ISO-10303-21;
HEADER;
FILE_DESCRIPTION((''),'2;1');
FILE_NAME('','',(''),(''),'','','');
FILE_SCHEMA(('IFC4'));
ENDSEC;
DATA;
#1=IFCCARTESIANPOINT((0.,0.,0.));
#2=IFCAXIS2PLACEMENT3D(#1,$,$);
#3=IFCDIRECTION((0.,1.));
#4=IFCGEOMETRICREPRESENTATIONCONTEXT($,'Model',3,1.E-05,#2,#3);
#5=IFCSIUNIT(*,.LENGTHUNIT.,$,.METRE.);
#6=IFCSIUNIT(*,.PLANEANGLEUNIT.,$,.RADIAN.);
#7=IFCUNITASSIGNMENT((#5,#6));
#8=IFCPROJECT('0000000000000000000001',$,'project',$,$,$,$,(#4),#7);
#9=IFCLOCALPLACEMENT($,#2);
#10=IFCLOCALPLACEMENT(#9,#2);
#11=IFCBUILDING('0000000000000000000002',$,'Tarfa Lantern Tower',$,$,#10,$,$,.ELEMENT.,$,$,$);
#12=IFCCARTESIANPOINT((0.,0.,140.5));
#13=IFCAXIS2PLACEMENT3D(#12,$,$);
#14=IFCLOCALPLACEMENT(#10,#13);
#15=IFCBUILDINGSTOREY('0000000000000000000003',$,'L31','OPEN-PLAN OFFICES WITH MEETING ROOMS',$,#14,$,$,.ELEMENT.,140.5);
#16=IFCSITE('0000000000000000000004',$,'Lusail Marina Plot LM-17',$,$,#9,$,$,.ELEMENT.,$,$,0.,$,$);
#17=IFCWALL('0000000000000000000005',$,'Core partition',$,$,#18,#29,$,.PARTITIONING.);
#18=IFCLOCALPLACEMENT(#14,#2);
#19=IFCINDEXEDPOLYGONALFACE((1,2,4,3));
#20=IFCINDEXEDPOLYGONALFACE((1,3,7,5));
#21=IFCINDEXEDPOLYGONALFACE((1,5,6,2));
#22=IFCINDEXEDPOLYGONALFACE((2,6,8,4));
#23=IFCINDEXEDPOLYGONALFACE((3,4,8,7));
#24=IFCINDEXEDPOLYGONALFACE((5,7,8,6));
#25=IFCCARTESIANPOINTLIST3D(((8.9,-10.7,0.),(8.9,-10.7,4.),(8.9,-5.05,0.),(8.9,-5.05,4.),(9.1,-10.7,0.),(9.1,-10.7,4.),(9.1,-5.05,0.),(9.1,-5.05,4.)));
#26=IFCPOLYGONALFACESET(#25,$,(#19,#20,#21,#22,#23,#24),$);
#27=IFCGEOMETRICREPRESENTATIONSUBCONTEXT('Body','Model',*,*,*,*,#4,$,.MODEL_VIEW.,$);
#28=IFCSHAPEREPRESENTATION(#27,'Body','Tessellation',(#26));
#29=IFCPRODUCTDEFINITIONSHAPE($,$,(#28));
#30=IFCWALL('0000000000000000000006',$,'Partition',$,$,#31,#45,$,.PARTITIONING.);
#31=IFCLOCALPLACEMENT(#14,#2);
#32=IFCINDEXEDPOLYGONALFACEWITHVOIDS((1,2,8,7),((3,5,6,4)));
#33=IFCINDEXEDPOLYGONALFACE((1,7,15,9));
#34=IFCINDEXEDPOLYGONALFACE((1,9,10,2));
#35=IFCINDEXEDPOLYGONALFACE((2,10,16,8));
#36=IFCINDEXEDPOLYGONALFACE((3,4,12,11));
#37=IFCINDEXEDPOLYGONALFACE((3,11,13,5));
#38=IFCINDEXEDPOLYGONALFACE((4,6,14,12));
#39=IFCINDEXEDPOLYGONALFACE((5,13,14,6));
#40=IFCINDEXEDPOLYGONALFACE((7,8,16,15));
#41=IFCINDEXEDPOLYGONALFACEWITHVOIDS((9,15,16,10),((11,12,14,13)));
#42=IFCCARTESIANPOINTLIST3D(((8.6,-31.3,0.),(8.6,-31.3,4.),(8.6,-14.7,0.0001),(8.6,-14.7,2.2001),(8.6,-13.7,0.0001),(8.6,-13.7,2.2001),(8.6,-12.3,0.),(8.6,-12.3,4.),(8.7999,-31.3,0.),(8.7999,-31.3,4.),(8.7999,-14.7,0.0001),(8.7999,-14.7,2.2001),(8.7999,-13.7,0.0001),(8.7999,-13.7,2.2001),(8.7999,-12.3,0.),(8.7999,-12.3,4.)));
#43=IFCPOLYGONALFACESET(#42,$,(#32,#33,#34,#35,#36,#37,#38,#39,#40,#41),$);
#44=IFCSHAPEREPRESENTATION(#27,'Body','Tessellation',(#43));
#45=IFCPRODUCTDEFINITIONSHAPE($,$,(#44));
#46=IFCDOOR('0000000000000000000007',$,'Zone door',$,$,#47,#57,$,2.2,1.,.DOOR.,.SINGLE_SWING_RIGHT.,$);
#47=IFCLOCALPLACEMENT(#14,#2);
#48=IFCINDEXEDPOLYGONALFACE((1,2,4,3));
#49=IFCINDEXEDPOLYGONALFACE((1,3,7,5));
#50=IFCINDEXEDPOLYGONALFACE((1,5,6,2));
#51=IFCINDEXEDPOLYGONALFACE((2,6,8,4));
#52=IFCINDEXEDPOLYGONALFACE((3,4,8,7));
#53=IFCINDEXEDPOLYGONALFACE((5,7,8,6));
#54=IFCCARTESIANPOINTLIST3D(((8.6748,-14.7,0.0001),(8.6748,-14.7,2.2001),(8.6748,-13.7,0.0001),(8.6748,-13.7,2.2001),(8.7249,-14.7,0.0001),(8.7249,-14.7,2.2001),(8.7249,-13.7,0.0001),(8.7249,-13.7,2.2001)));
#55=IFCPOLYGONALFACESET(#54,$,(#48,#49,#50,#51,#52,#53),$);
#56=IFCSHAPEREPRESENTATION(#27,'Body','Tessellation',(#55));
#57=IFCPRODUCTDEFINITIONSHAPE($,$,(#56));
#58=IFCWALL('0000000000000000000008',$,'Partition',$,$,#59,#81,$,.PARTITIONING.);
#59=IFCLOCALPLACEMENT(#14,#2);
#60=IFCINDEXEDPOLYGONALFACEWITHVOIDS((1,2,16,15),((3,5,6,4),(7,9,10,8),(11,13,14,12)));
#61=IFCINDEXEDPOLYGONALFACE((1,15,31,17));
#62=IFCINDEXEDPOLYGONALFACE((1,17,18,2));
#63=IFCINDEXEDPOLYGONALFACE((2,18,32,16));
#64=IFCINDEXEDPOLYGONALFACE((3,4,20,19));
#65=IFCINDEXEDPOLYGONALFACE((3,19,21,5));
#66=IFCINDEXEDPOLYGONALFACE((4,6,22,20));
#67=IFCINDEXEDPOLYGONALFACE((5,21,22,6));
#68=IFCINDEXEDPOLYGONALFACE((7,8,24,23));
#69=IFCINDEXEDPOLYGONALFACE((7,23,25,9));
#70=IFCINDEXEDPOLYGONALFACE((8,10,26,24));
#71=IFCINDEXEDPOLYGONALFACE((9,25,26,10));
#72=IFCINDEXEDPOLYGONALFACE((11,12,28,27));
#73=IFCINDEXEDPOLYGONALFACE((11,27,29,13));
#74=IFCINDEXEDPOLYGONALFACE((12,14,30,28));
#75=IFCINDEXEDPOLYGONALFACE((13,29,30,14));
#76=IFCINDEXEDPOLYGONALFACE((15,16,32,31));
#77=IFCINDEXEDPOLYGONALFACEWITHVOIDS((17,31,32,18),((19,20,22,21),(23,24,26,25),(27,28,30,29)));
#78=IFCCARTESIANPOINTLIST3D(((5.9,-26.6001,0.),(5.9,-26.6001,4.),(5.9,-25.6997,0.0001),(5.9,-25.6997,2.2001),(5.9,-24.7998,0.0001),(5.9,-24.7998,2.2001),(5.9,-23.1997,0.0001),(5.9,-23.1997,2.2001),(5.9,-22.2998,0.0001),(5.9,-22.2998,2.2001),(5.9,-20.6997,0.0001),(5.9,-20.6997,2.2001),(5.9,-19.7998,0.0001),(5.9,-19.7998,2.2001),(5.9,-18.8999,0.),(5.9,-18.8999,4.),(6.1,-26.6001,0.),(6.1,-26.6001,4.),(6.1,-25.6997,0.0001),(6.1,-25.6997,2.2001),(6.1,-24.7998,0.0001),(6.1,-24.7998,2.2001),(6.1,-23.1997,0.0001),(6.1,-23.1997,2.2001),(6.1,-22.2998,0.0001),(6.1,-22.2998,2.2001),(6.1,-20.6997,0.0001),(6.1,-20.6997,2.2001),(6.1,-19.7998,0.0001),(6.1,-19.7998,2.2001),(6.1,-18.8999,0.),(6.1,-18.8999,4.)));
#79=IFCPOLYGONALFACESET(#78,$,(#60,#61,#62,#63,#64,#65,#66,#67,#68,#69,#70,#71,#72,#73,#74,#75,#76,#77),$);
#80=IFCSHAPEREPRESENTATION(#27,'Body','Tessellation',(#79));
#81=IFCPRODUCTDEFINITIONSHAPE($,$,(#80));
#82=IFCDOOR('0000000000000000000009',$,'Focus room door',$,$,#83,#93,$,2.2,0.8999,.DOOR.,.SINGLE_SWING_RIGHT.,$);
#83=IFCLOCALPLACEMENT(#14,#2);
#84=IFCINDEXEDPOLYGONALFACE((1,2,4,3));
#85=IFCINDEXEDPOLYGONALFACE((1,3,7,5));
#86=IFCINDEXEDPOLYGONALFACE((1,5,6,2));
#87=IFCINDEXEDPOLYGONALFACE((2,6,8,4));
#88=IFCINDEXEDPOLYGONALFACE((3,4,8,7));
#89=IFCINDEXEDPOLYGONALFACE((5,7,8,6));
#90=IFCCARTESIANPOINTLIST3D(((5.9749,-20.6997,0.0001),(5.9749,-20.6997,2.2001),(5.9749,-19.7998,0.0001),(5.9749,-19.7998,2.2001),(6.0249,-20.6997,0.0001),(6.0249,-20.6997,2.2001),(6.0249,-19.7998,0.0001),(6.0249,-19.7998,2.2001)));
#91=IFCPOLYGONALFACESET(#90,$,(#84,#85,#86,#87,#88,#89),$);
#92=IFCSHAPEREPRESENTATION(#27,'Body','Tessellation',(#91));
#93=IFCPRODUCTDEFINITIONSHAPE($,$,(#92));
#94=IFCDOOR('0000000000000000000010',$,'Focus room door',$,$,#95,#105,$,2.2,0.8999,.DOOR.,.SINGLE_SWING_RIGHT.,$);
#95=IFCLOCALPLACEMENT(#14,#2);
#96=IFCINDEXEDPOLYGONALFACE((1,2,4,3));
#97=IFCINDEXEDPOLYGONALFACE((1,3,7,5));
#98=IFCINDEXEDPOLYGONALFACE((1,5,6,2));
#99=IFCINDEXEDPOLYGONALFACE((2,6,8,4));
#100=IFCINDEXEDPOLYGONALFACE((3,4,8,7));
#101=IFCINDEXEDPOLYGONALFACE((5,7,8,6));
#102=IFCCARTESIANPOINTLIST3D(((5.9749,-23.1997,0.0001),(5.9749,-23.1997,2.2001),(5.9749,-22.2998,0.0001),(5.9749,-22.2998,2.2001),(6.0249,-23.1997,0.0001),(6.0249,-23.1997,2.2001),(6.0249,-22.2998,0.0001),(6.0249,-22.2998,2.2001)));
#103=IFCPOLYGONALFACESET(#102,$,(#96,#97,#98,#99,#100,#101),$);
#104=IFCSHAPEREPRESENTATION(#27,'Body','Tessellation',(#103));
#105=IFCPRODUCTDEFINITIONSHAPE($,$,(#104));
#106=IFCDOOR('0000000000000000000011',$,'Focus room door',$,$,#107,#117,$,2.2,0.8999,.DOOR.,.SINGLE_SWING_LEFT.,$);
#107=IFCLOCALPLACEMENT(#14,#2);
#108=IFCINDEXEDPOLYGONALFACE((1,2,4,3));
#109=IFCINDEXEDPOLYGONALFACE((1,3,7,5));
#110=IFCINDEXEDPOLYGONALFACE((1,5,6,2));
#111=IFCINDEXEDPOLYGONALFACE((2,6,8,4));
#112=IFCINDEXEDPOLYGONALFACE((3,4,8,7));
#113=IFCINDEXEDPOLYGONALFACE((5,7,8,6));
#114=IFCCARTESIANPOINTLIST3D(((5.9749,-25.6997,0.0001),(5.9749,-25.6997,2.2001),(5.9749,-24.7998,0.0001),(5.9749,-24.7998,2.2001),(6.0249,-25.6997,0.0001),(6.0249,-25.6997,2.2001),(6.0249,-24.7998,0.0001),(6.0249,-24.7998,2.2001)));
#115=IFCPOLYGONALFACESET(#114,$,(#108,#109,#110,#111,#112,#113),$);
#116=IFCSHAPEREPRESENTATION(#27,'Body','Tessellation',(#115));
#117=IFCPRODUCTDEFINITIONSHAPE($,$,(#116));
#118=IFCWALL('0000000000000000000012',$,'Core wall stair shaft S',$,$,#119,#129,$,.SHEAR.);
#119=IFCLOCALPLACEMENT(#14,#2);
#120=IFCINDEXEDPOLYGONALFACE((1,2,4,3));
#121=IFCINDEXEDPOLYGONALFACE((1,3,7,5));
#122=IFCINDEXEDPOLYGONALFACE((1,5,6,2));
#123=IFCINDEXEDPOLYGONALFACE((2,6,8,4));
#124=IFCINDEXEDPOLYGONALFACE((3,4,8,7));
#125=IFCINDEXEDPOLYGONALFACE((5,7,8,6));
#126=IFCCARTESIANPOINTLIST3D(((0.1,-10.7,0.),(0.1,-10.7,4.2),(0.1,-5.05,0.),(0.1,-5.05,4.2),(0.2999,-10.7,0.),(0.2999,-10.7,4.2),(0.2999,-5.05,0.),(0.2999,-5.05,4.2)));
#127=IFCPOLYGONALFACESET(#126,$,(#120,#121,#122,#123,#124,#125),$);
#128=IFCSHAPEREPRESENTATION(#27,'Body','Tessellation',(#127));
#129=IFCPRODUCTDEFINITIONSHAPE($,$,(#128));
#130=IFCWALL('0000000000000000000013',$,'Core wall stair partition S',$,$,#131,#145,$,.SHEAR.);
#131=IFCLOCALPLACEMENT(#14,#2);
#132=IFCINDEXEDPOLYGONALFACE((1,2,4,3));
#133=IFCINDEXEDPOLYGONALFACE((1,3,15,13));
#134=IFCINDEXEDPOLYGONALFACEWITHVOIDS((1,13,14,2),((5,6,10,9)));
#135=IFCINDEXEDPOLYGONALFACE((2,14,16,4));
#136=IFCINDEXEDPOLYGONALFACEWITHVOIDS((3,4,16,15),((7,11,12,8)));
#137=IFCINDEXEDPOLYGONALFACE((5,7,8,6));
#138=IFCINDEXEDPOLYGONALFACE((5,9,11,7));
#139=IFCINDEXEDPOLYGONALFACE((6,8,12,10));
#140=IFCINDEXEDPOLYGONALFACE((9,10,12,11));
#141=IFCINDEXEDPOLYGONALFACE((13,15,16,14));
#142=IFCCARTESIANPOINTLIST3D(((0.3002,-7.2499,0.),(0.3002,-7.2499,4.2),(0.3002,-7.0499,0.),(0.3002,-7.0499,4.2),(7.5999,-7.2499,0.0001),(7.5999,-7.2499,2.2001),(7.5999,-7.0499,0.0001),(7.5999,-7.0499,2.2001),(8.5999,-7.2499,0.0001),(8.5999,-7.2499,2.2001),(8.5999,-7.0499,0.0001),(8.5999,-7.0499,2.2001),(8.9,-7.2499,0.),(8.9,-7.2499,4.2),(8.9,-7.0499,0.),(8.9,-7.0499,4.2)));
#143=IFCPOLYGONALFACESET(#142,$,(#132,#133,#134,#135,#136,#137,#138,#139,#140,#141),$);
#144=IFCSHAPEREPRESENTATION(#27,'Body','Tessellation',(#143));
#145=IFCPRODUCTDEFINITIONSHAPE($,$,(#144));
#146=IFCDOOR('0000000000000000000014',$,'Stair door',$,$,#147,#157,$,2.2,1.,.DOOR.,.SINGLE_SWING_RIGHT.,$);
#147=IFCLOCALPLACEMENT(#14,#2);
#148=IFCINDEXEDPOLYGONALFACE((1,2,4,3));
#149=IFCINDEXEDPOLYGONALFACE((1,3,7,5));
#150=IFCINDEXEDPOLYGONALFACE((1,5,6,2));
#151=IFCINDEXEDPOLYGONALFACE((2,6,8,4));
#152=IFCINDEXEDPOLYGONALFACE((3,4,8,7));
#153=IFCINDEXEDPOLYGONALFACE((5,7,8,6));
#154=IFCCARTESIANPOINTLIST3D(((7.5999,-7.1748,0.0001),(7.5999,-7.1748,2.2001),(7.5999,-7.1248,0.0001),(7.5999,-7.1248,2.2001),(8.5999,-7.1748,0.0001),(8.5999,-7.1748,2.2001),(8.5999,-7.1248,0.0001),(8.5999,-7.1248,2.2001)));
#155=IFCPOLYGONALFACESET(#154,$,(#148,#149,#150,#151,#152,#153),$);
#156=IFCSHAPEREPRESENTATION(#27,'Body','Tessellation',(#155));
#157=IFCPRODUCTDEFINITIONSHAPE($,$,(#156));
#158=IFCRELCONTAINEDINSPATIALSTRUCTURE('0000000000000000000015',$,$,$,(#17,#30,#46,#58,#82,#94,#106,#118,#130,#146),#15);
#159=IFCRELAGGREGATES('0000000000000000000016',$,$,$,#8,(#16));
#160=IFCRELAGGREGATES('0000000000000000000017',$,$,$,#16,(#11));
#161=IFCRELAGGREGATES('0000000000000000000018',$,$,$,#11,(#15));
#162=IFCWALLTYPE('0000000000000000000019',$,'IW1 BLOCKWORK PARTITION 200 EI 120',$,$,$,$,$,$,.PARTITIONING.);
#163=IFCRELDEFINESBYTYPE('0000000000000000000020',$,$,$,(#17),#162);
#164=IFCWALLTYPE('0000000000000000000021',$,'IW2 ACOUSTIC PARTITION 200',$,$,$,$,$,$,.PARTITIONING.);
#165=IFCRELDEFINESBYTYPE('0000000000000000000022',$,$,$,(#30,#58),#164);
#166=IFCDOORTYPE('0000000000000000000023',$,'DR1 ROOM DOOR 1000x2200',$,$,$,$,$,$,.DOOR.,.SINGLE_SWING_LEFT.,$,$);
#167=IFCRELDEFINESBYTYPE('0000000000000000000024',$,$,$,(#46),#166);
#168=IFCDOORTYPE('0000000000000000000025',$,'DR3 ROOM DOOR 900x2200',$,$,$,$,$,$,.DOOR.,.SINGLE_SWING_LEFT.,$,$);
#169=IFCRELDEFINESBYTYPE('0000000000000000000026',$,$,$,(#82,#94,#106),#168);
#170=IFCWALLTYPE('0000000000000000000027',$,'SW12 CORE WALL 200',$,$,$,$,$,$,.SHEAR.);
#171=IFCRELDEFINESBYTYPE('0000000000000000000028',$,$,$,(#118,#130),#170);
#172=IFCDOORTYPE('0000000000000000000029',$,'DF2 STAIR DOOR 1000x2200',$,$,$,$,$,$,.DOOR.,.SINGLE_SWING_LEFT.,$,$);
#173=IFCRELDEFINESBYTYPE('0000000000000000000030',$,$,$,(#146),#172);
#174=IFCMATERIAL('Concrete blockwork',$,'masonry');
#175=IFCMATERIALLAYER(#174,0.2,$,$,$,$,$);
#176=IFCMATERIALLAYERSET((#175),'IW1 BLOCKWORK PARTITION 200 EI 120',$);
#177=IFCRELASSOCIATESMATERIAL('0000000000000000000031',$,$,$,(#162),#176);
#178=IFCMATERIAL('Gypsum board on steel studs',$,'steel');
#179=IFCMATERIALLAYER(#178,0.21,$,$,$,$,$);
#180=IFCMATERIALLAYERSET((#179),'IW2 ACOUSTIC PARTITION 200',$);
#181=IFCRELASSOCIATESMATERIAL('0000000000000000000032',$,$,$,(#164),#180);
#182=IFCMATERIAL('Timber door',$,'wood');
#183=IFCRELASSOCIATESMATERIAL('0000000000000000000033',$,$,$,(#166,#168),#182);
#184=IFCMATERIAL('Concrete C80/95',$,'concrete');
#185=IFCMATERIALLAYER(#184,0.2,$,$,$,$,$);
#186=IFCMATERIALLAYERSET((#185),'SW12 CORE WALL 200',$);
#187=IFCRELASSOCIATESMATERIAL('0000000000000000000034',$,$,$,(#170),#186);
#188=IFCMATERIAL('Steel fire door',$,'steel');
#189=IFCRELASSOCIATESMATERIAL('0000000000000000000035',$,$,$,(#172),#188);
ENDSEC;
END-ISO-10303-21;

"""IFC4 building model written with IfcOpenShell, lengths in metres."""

from ifc_helpers import new_model, si_unit, direction, frame, frame_2d, origin, place, context, subcontext, project, spatial, rectangle, extrude, material, layer, layer_set, type_object, element, fill, save


model = new_model("IFC4")

# Units and contexts
model_context = context("Model", 3, precision=1e-05, world=origin(), true_north=direction((0.0, 1.0)))
body_context = subcontext(model_context, "Body", "Model", "MODEL_VIEW")
ifc_project = project(units=[si_unit("LENGTHUNIT", "METRE"), si_unit("PLANEANGLEUNIT", "RADIAN")], contexts=[model_context])

# Site, building, storey
site_placement = place(None, origin())
site = spatial("IfcSite", under=ifc_project, at=site_placement, Name="Lusail Marina Plot LM-17", CompositionType="ELEMENT", RefElevation=0.0)
building_placement = place(site_placement, origin())
building = spatial("IfcBuilding", under=site, at=building_placement, Name="Tarfa Lantern Tower", CompositionType="ELEMENT")
storey_placement = place(building_placement, frame((0.0, 0.0, 140.5)))
storey = spatial("IfcBuildingStorey", under=building, at=storey_placement, Name="L31", Description="OPEN-PLAN OFFICES WITH MEETING ROOMS", CompositionType="ELEMENT", Elevation=140.5)

# Wall
ifc_material_1 = material(Name="Concrete blockwork", Category="masonry")
ifc_layer_1 = layer(ifc_material_1, 0.2)
ifc_layer_set_1 = layer_set([ifc_layer_1], Name="IW1 BLOCKWORK PARTITION 200 EI 120")
wall_type_1 = type_object("IfcWallType", Name="IW1 BLOCKWORK PARTITION 200 EI 120", PredefinedType="PARTITIONING", material=ifc_layer_set_1)
wall_1_placement = place(storey_placement, frame((9.0, -5.05, 0.0), z_axis=(0.0, 0.0, 1.0), x_axis=(0.0, -1.0, 0.0)))
element("IfcWall", 1, at=wall_1_placement, inside=storey, type_object=wall_type_1, Name="Core partition", PredefinedType="PARTITIONING", context=body_context, shape_type="SweptSolid", body=[
    extrude(rectangle(XDim=5.6499, YDim=0.2, at=frame_2d((2.825, 0.0))), origin(), (0.0, 0.0, 1.0), 4.0),
])

# Wall, opening, door
ifc_material_2 = material(Name="Gypsum board on steel studs", Category="steel")
ifc_layer_2 = layer(ifc_material_2, 0.21)
ifc_layer_set_2 = layer_set([ifc_layer_2], Name="IW2 ACOUSTIC PARTITION 200")
wall_type_2 = type_object("IfcWallType", Name="IW2 ACOUSTIC PARTITION 200", PredefinedType="PARTITIONING", material=ifc_layer_set_2)
wall_2_placement = place(storey_placement, frame((8.7, -12.3, 0.0), z_axis=(0.0, 0.0, 1.0), x_axis=(0.0, -1.0, 0.0)))
wall_2 = element("IfcWall", 2, at=wall_2_placement, inside=storey, type_object=wall_type_2, Name="Partition", PredefinedType="PARTITIONING", context=body_context, shape_type="SweptSolid", body=[
    extrude(rectangle(XDim=19.0, YDim=0.2, at=frame_2d((9.5, 0.0))), origin(), (0.0, 0.0, 1.0), 4.0),
])
opening_1_placement = place(wall_2_placement, frame((1.3999, 0.0, 0.0)))
opening_1 = element("IfcOpeningElement", 3, at=opening_1_placement, cuts=wall_2, PredefinedType="OPENING", context=body_context, shape_type="SweptSolid", body=[
    extrude(rectangle(XDim=1.0, YDim=2.2, at=frame_2d((0.5, 1.1001))), frame((0.0, 0.1099, 0.0), z_axis=(0.0, -1.0, 0.0), x_axis=(1.0, 0.0, 0.0)), (0.0, 0.0, 1.0), 0.22),
])
ifc_material_3 = material(Name="Timber door", Category="wood")
door_type_1 = type_object("IfcDoorType", Name="DR1 ROOM DOOR 1000x2200", OperationType="SINGLE_SWING_LEFT", PredefinedType="DOOR", material=ifc_material_3)
door_1_placement = place(opening_1_placement, origin())
door_1 = element("IfcDoor", 4, at=door_1_placement, inside=storey, type_object=door_type_1, Name="Zone door", OperationType="SINGLE_SWING_RIGHT", OverallHeight=2.2, OverallWidth=1.0, PredefinedType="DOOR", context=body_context, shape_type="SweptSolid", body=[
    extrude(rectangle(XDim=1.0, YDim=2.2, at=frame_2d((0.5, 1.1001))), frame((0.0, 0.0249, 0.0), z_axis=(0.0, -1.0, 0.0), x_axis=(1.0, 0.0, 0.0)), (0.0, 0.0, 1.0), 0.05),
])
fill(opening_1, door_1)

# Wall, openings, doors
wall_3_placement = place(storey_placement, frame((6.0, -18.8999, 0.0), z_axis=(0.0, 0.0, 1.0), x_axis=(0.0, -1.0, 0.0)))
wall_3 = element("IfcWall", 5, at=wall_3_placement, inside=storey, type_object=wall_type_2, Name="Partition", PredefinedType="PARTITIONING", context=body_context, shape_type="SweptSolid", body=[
    extrude(rectangle(XDim=7.7002, YDim=0.2, at=frame_2d((3.8501, 0.0))), origin(), (0.0, 0.0, 1.0), 4.0),
])
opening_2_placement = place(wall_3_placement, frame((0.8999, 0.0, 0.0)))
opening_2 = element("IfcOpeningElement", 6, at=opening_2_placement, cuts=wall_3, PredefinedType="OPENING", context=body_context, shape_type="SweptSolid", body=[
    extrude(rectangle(XDim=0.8999, YDim=2.2, at=frame_2d((0.45, 1.1001))), frame((0.0, 0.1099, 0.0), z_axis=(0.0, -1.0, 0.0), x_axis=(1.0, 0.0, 0.0)), (0.0, 0.0, 1.0), 0.22),
])
opening_3_placement = place(wall_3_placement, frame((3.3999, 0.0, 0.0)))
opening_3 = element("IfcOpeningElement", 7, at=opening_3_placement, cuts=wall_3, PredefinedType="OPENING", context=body_context, shape_type="SweptSolid", body=[
    extrude(rectangle(XDim=0.8999, YDim=2.2, at=frame_2d((0.45, 1.1001))), frame((0.0, 0.1099, 0.0), z_axis=(0.0, -1.0, 0.0), x_axis=(1.0, 0.0, 0.0)), (0.0, 0.0, 1.0), 0.22),
])
opening_4_placement = place(wall_3_placement, frame((5.8999, 0.0, 0.0)))
opening_4 = element("IfcOpeningElement", 8, at=opening_4_placement, cuts=wall_3, PredefinedType="OPENING", context=body_context, shape_type="SweptSolid", body=[
    extrude(rectangle(XDim=0.8999, YDim=2.2, at=frame_2d((0.45, 1.1001))), frame((0.0, 0.1099, 0.0), z_axis=(0.0, -1.0, 0.0), x_axis=(1.0, 0.0, 0.0)), (0.0, 0.0, 1.0), 0.22),
])
door_type_2 = type_object("IfcDoorType", Name="DR3 ROOM DOOR 900x2200", OperationType="SINGLE_SWING_LEFT", PredefinedType="DOOR", material=ifc_material_3)
door_2_placement = place(opening_2_placement, origin())
door_2 = element("IfcDoor", 9, at=door_2_placement, inside=storey, type_object=door_type_2, Name="Focus room door", OperationType="SINGLE_SWING_RIGHT", OverallHeight=2.2, OverallWidth=0.8999, PredefinedType="DOOR", context=body_context, shape_type="SweptSolid", body=[
    extrude(rectangle(XDim=0.8999, YDim=2.2, at=frame_2d((0.45, 1.1001))), frame((0.0, 0.0249, 0.0), z_axis=(0.0, -1.0, 0.0), x_axis=(1.0, 0.0, 0.0)), (0.0, 0.0, 1.0), 0.05),
])
fill(opening_2, door_2)
door_3_placement = place(opening_3_placement, origin())
door_3 = element("IfcDoor", 10, at=door_3_placement, inside=storey, type_object=door_type_2, Name="Focus room door", OperationType="SINGLE_SWING_RIGHT", OverallHeight=2.2, OverallWidth=0.8999, PredefinedType="DOOR", context=body_context, shape_type="SweptSolid", body=[
    extrude(rectangle(XDim=0.8999, YDim=2.2, at=frame_2d((0.45, 1.1001))), frame((0.0, 0.0249, 0.0), z_axis=(0.0, -1.0, 0.0), x_axis=(1.0, 0.0, 0.0)), (0.0, 0.0, 1.0), 0.05),
])
fill(opening_3, door_3)
door_4_placement = place(opening_4_placement, origin())
door_4 = element("IfcDoor", 11, at=door_4_placement, inside=storey, type_object=door_type_2, Name="Focus room door", OperationType="SINGLE_SWING_LEFT", OverallHeight=2.2, OverallWidth=0.8999, PredefinedType="DOOR", context=body_context, shape_type="SweptSolid", body=[
    extrude(rectangle(XDim=0.8999, YDim=2.2, at=frame_2d((0.45, 1.1001))), frame((0.0, 0.0249, 0.0), z_axis=(0.0, -1.0, 0.0), x_axis=(1.0, 0.0, 0.0)), (0.0, 0.0, 1.0), 0.05),
])
fill(opening_4, door_4)

# Wall
ifc_material_4 = material(Name="Concrete C80/95", Category="concrete")
ifc_layer_3 = layer(ifc_material_4, 0.2)
ifc_layer_set_3 = layer_set([ifc_layer_3], Name="SW12 CORE WALL 200")
wall_type_3 = type_object("IfcWallType", Name="SW12 CORE WALL 200", PredefinedType="SHEAR", material=ifc_layer_set_3)
wall_4_placement = place(storey_placement, frame((0.2, -5.05, 0.0), z_axis=(0.0, 0.0, 1.0), x_axis=(0.0, -1.0, 0.0)))
element("IfcWall", 12, at=wall_4_placement, inside=storey, type_object=wall_type_3, Name="Core wall stair shaft S", PredefinedType="SHEAR", context=body_context, shape_type="SweptSolid", body=[
    extrude(rectangle(XDim=5.6499, YDim=0.2, at=frame_2d((2.825, 0.0))), origin(), (0.0, 0.0, 1.0), 4.2),
])

# Wall, opening, door
wall_5_placement = place(storey_placement, frame((8.8999, -7.1499, 0.0), z_axis=(0.0, 0.0, 1.0), x_axis=(-1.0, 0.0, 0.0)))
wall_5 = element("IfcWall", 13, at=wall_5_placement, inside=storey, type_object=wall_type_3, Name="Core wall stair partition S", PredefinedType="SHEAR", context=body_context, shape_type="SweptSolid", body=[
    extrude(rectangle(XDim=8.5999, YDim=0.2, at=frame_2d((4.2998, 0.0))), origin(), (0.0, 0.0, 1.0), 4.2),
])
opening_5_placement = place(wall_5_placement, frame((0.3, 0.0, 0.0)))
opening_5 = element("IfcOpeningElement", 14, at=opening_5_placement, cuts=wall_5, PredefinedType="OPENING", context=body_context, shape_type="SweptSolid", body=[
    extrude(rectangle(XDim=1.0, YDim=2.2, at=frame_2d((0.5, 1.1001))), frame((0.0, 0.1099, 0.0), z_axis=(0.0, -1.0, 0.0), x_axis=(1.0, 0.0, 0.0)), (0.0, 0.0, 1.0), 0.22),
])
ifc_material_5 = material(Name="Steel fire door", Category="steel")
door_type_3 = type_object("IfcDoorType", Name="DF2 STAIR DOOR 1000x2200", OperationType="SINGLE_SWING_LEFT", PredefinedType="DOOR", material=ifc_material_5)
door_5_placement = place(opening_5_placement, origin())
door_5 = element("IfcDoor", 15, at=door_5_placement, inside=storey, type_object=door_type_3, Name="Stair door", OperationType="SINGLE_SWING_RIGHT", OverallHeight=2.2, OverallWidth=1.0, PredefinedType="DOOR", context=body_context, shape_type="SweptSolid", body=[
    extrude(rectangle(XDim=1.0, YDim=2.2, at=frame_2d((0.5, 1.1001))), frame((0.0, 0.0249, 0.0), z_axis=(0.0, -1.0, 0.0), x_axis=(1.0, 0.0, 0.0)), (0.0, 0.0, 1.0), 0.05),
])
fill(opening_5, door_5)

save(model, "model.ifc")
